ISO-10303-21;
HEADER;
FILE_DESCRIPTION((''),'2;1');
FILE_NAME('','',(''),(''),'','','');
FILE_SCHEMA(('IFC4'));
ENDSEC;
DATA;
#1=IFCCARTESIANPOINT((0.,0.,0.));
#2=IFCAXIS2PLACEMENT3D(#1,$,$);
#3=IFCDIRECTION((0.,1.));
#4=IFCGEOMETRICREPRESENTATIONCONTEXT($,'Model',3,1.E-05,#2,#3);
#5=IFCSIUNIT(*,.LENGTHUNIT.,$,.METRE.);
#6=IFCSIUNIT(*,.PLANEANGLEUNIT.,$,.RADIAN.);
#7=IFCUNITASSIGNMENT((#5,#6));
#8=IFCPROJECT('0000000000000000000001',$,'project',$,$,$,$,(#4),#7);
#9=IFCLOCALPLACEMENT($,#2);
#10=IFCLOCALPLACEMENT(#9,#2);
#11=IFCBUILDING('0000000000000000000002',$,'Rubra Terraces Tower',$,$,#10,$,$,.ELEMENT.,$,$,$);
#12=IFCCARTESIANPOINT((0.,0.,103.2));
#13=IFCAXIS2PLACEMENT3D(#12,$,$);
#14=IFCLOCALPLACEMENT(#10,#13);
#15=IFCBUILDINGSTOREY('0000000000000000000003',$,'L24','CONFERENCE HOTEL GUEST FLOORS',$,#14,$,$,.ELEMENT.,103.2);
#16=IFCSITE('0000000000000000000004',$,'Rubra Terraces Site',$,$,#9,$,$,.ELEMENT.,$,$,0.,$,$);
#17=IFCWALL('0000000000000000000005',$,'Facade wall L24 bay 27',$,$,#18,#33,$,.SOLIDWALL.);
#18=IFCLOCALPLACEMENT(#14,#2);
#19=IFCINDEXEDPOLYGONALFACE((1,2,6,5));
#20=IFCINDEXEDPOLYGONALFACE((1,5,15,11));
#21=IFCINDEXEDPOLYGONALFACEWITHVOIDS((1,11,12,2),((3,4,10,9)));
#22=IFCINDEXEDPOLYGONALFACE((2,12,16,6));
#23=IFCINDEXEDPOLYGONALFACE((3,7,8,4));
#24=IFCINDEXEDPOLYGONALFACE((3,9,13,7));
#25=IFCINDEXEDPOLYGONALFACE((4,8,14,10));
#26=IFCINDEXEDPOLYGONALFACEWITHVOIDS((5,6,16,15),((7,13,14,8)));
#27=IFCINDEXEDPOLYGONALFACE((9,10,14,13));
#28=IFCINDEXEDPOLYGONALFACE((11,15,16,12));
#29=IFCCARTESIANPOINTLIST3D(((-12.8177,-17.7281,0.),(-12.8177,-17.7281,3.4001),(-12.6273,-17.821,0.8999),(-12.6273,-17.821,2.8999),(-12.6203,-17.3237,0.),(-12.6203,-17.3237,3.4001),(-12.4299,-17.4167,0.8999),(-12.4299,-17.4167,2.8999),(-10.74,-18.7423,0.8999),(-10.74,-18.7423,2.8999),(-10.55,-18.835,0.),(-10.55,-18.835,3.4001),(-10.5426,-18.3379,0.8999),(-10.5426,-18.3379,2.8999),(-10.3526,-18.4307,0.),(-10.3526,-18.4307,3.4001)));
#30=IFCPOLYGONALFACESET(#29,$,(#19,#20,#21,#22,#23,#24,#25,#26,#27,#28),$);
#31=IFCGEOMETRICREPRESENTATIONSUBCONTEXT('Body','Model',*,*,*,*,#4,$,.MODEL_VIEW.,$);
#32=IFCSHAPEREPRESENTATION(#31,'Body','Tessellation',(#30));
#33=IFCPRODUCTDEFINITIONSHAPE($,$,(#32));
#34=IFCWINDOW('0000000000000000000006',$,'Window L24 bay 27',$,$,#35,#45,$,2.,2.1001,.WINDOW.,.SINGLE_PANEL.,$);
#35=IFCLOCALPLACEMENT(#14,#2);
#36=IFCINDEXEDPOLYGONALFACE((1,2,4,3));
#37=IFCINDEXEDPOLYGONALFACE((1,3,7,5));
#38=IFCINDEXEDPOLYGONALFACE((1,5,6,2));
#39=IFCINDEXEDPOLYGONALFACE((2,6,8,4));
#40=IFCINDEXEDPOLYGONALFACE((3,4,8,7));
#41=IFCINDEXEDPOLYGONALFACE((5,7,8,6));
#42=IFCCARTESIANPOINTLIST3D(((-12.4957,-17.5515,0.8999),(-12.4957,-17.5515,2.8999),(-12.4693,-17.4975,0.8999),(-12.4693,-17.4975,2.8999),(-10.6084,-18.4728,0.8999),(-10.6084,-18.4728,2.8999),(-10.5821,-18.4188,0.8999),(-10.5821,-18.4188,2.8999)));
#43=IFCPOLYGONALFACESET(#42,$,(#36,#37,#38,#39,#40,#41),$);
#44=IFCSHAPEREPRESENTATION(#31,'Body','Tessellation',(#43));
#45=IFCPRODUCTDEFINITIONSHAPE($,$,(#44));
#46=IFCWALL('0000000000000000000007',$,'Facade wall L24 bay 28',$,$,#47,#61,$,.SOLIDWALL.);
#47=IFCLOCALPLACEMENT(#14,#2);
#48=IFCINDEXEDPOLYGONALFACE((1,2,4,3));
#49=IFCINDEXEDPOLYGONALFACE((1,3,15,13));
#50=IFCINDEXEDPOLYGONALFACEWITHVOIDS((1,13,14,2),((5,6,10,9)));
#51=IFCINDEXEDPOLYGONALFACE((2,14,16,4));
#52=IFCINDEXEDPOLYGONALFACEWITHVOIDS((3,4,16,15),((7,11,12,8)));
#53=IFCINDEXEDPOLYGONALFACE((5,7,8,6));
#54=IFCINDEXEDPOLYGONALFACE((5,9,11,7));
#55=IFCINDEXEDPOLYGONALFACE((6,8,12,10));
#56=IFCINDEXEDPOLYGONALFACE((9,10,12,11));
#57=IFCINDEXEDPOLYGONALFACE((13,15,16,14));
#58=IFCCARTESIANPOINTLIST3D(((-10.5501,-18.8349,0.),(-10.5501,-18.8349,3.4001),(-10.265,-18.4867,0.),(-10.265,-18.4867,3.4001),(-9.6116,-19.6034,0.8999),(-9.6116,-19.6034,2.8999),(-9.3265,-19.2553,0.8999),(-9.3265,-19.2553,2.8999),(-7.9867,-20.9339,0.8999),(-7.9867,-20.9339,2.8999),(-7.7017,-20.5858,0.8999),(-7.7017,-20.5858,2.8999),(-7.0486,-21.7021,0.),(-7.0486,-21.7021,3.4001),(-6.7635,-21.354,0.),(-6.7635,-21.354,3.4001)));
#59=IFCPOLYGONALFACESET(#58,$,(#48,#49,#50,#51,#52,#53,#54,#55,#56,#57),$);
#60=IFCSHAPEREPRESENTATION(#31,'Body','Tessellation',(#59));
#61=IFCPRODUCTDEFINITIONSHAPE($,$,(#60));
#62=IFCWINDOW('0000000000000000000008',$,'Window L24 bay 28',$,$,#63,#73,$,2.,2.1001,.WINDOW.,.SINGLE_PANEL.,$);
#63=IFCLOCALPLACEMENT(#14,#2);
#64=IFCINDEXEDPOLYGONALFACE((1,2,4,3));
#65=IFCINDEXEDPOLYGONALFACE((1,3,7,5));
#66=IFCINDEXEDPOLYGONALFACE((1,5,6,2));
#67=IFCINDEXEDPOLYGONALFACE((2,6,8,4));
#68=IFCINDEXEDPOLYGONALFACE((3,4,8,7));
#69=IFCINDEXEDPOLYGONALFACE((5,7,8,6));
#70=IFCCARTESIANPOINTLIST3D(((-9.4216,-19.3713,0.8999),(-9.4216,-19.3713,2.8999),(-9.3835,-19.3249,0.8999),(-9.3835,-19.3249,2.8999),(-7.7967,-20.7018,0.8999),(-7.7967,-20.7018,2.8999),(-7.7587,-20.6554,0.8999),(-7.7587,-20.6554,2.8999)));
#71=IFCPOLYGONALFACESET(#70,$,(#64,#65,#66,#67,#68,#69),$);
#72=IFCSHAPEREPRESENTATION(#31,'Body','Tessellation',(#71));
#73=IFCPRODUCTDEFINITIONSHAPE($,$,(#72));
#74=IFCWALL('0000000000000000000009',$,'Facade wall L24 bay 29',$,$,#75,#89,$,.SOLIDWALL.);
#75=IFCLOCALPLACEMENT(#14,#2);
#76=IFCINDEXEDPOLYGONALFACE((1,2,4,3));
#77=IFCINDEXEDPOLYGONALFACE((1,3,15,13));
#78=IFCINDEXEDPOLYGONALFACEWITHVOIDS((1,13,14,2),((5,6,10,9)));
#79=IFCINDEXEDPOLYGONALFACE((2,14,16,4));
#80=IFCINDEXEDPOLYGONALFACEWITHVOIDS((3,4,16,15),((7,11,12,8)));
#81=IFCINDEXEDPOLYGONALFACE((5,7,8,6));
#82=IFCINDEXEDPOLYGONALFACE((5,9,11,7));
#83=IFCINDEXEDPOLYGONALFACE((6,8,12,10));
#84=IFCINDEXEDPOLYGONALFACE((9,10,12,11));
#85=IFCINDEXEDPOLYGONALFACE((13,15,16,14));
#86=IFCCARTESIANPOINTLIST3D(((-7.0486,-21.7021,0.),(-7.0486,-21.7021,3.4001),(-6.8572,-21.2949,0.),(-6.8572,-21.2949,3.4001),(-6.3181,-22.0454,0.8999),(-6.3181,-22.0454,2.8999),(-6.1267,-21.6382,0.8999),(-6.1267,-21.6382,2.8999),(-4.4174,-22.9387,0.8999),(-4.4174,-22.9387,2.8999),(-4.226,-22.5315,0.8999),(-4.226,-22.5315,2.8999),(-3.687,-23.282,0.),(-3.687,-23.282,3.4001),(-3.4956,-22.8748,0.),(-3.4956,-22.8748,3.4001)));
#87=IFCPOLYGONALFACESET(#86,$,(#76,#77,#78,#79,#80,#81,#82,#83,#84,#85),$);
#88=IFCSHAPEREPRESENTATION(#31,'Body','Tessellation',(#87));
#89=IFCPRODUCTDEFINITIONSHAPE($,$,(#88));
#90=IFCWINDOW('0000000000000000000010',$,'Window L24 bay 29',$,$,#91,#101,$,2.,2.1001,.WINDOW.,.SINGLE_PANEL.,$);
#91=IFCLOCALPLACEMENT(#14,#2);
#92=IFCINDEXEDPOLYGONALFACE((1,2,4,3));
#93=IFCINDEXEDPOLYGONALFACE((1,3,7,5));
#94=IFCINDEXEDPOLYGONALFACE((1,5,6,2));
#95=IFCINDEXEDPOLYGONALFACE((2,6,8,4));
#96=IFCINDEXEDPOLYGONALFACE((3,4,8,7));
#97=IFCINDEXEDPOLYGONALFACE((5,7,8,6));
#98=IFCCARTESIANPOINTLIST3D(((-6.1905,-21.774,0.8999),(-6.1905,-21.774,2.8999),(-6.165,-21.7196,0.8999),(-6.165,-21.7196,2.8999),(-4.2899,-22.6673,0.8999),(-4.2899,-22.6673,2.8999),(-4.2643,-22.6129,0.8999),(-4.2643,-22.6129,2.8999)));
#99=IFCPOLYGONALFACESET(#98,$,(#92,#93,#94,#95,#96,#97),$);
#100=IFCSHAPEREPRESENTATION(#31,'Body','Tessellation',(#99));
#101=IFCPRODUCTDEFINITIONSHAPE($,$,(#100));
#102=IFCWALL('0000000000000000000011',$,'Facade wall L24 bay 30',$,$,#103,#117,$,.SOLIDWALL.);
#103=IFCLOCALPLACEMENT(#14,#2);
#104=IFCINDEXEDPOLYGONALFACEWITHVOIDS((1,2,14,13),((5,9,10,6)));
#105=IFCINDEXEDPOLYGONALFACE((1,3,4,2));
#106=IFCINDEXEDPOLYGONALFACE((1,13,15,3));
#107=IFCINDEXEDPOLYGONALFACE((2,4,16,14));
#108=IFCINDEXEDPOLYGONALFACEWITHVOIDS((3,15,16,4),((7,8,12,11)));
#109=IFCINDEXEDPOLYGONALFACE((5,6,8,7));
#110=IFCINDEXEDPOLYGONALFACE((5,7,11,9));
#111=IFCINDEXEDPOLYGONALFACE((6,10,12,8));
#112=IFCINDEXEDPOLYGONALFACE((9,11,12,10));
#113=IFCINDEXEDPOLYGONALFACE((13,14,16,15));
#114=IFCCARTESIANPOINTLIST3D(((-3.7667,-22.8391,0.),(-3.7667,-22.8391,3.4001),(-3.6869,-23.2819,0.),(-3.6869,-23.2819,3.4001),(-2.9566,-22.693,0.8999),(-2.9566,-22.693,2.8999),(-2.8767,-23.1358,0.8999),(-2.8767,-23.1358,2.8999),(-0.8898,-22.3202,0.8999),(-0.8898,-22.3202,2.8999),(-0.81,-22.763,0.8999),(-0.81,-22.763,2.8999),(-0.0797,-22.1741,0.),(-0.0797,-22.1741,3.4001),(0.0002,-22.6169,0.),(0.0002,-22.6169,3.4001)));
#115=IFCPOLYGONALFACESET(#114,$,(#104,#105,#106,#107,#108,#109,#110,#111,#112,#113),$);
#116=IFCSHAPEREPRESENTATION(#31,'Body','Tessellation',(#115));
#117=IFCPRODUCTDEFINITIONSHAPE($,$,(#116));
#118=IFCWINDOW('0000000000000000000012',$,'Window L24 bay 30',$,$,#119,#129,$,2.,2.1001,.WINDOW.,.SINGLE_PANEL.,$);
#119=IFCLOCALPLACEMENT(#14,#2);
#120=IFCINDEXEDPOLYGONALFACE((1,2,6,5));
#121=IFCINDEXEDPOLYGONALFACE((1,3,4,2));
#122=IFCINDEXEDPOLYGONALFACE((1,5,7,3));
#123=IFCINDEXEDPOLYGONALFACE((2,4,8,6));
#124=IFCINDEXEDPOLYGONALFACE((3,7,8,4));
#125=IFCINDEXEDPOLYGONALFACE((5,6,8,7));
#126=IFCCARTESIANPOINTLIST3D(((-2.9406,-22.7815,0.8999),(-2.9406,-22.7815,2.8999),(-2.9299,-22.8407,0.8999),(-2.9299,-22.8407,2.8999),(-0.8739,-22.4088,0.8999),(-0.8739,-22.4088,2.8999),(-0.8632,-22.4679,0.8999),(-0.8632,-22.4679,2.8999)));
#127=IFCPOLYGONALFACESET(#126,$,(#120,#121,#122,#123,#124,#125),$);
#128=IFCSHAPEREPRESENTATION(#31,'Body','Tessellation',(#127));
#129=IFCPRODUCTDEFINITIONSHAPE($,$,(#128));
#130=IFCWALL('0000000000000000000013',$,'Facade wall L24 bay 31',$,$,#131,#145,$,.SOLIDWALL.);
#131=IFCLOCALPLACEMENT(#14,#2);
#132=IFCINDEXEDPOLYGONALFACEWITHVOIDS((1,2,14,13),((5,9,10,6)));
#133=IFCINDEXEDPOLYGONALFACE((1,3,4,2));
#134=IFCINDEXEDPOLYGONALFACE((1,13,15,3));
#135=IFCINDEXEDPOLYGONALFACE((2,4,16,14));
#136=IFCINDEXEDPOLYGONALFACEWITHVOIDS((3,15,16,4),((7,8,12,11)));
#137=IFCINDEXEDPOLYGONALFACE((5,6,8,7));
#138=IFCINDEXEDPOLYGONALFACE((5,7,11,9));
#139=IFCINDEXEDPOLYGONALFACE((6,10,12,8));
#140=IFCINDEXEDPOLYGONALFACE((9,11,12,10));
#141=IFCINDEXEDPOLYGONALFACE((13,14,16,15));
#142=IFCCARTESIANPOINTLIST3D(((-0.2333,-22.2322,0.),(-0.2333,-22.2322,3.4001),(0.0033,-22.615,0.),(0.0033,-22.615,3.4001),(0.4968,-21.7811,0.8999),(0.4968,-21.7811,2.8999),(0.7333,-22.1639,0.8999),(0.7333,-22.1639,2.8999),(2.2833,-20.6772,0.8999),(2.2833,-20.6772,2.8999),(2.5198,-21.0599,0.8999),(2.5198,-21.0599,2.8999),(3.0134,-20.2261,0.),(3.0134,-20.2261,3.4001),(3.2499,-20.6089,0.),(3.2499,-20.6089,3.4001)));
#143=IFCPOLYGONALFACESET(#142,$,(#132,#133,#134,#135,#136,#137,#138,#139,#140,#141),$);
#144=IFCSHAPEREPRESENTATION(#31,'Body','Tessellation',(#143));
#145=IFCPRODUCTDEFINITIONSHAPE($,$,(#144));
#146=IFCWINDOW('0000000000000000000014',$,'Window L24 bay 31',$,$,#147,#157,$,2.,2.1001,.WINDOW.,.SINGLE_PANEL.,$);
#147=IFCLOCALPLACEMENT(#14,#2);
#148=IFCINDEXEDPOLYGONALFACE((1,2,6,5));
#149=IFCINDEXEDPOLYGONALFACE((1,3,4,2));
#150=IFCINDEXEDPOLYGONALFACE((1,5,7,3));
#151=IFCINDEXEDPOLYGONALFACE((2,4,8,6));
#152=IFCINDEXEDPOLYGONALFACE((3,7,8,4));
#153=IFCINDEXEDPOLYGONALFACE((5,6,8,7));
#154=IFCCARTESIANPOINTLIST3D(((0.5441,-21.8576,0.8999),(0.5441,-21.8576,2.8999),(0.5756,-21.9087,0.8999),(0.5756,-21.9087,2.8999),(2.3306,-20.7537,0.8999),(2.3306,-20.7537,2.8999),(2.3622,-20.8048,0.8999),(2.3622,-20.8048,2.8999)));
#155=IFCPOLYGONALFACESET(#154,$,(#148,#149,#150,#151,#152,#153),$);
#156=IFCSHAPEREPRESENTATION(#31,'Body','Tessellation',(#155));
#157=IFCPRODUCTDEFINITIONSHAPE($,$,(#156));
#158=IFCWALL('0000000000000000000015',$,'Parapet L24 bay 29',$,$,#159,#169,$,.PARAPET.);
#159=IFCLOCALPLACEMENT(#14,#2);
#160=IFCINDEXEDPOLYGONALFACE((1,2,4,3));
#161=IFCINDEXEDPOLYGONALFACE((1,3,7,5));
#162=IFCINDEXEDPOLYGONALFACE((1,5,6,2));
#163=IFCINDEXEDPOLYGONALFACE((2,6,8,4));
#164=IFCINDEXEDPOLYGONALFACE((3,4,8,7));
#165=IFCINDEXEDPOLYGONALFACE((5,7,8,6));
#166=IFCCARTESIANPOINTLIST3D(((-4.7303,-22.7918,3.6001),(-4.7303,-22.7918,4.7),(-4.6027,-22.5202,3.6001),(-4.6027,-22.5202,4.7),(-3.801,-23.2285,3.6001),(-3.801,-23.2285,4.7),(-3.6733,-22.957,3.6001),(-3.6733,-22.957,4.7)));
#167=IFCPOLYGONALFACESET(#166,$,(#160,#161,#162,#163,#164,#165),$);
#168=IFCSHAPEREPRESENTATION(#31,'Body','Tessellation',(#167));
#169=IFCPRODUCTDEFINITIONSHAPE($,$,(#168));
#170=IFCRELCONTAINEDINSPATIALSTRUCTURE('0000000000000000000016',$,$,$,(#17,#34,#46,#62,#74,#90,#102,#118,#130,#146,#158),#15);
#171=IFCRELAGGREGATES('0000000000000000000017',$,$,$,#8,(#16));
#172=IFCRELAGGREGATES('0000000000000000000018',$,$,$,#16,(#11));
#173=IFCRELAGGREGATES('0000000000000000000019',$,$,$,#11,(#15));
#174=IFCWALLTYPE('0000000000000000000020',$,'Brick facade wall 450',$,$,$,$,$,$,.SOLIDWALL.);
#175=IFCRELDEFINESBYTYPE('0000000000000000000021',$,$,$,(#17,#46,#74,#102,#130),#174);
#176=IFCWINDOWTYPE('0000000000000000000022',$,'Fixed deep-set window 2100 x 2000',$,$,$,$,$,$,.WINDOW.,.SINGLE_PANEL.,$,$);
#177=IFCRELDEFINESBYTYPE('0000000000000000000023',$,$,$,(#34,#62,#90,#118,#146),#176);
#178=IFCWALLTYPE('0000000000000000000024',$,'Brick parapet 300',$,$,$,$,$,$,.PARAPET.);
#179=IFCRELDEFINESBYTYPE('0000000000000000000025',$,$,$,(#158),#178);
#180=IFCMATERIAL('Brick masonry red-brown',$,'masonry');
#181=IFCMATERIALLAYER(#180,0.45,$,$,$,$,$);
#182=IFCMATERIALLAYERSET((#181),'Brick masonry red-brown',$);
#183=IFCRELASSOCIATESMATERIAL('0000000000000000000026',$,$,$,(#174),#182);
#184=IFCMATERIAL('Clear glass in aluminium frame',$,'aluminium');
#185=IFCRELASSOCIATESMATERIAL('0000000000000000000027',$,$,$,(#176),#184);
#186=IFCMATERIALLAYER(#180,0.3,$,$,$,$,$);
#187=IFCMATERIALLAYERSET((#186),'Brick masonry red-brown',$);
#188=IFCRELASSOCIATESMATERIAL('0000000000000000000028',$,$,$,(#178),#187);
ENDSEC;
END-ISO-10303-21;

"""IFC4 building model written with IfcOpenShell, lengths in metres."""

from ifc_helpers import new_model, si_unit, direction, frame, frame_2d, origin, place, context, subcontext, project, spatial, rectangle, extrude, material, layer, layer_set, type_object, element, fill, save


model = new_model("IFC4")

# Units and contexts
model_context = context("Model", 3, precision=1e-05, world=origin(), true_north=direction((0.0, 1.0)))
body_context = subcontext(model_context, "Body", "Model", "MODEL_VIEW")
ifc_project = project(units=[si_unit("LENGTHUNIT", "METRE"), si_unit("PLANEANGLEUNIT", "RADIAN")], contexts=[model_context])

# Site, building, storey
site_placement = place(None, origin())
site = spatial("IfcSite", under=ifc_project, at=site_placement, Name="Rubra Terraces Site", CompositionType="ELEMENT", RefElevation=0.0)
building_placement = place(site_placement, origin())
building = spatial("IfcBuilding", under=site, at=building_placement, Name="Rubra Terraces Tower", CompositionType="ELEMENT")
storey_placement = place(building_placement, frame((0.0, 0.0, 103.2)))
storey = spatial("IfcBuildingStorey", under=building, at=storey_placement, Name="L24", Description="CONFERENCE HOTEL GUEST FLOORS", CompositionType="ELEMENT", Elevation=103.2)

# Walls, openings, windows
ifc_material_1 = material(Name="Brick masonry red-brown", Category="masonry")
ifc_layer_1 = layer(ifc_material_1, 0.45)
ifc_layer_set_1 = layer_set([ifc_layer_1], Name="Brick masonry red-brown")
wall_type_1 = type_object("IfcWallType", Name="Brick facade wall 450", PredefinedType="SOLIDWALL", material=ifc_layer_set_1)
wall_1_placement = place(storey_placement, frame((-12.719, -17.5259, 0.0), z_axis=(0.0, 0.0, 1.0), x_axis=(0.898644, -0.438679, 0.0)))
wall_1 = element("IfcWall", 1, at=wall_1_placement, inside=storey, type_object=wall_type_1, Name="Facade wall L24 bay 27", PredefinedType="SOLIDWALL", context=body_context, shape_type="SweptSolid", body=[
    extrude(rectangle(XDim=2.5234, YDim=0.45, at=frame_2d((1.2617, 0.0))), origin(), (0.0, 0.0, 1.0), 3.4001),
])
opening_1_placement = place(wall_1_placement, frame((0.2119, 0.0, 0.8999)))
opening_1 = element("IfcOpeningElement", 2, at=opening_1_placement, cuts=wall_1, PredefinedType="OPENING", context=body_context, shape_type="SweptSolid", body=[
    extrude(rectangle(XDim=2.1001, YDim=2.0, at=frame_2d((1.05, 1.0))), frame((0.0, 0.2349, 0.0), z_axis=(0.0, -1.0, 0.0), x_axis=(1.0, 0.0, 0.0)), (0.0, 0.0, 1.0), 0.47),
])
ifc_material_2 = material(Name="Clear glass in aluminium frame", Category="aluminium")
window_type = type_object("IfcWindowType", Name="Fixed deep-set window 2100 x 2000", PartitioningType="SINGLE_PANEL", PredefinedType="WINDOW", material=ifc_material_2)
window_1_placement = place(opening_1_placement, origin())
window_1 = element("IfcWindow", 3, at=window_1_placement, inside=storey, type_object=window_type, Name="Window L24 bay 27", OverallHeight=2.0, OverallWidth=2.1001, PartitioningType="SINGLE_PANEL", PredefinedType="WINDOW", context=body_context, shape_type="SweptSolid", body=[
    extrude(rectangle(XDim=2.1001, YDim=2.0, at=frame_2d((1.05, 1.0))), frame((0.0, 0.135, 0.0), z_axis=(0.0, -1.0, 0.0), x_axis=(1.0, 0.0, 0.0)), (0.0, 0.0, 1.0), 0.0601),
])
fill(opening_1, window_1)
wall_2_placement = place(storey_placement, frame((-10.4075, -18.6609, 0.0), z_axis=(0.0, 0.0, 1.0), x_axis=(0.773702, -0.633549, 0.0)))
wall_2 = element("IfcWall", 4, at=wall_2_placement, inside=storey, type_object=wall_type_1, Name="Facade wall L24 bay 28", PredefinedType="SOLIDWALL", context=body_context, shape_type="SweptSolid", body=[
    extrude(rectangle(XDim=4.5256, YDim=0.45, at=frame_2d((2.2627, 0.0))), origin(), (0.0, 0.0, 1.0), 3.4001),
])
opening_2_placement = place(wall_2_placement, frame((1.2129, 0.0, 0.8999)))
opening_2 = element("IfcOpeningElement", 5, at=opening_2_placement, cuts=wall_2, PredefinedType="OPENING", context=body_context, shape_type="SweptSolid", body=[
    extrude(rectangle(XDim=2.1001, YDim=2.0, at=frame_2d((1.05, 1.0))), frame((0.0, 0.2349, 0.0), z_axis=(0.0, -1.0, 0.0), x_axis=(1.0, 0.0, 0.0)), (0.0, 0.0, 1.0), 0.47),
])
window_2_placement = place(opening_2_placement, origin())
window_2 = element("IfcWindow", 6, at=window_2_placement, inside=storey, type_object=window_type, Name="Window L24 bay 28", OverallHeight=2.0, OverallWidth=2.1001, PartitioningType="SINGLE_PANEL", PredefinedType="WINDOW", context=body_context, shape_type="SweptSolid", body=[
    extrude(rectangle(XDim=2.1001, YDim=2.0, at=frame_2d((1.05, 1.0))), frame((0.0, 0.135, 0.0), z_axis=(0.0, -1.0, 0.0), x_axis=(1.0, 0.0, 0.0)), (0.0, 0.0, 1.0), 0.0601),
])
fill(opening_2, window_2)
wall_3_placement = place(storey_placement, frame((-6.9529, -21.4985, 0.0), z_axis=(0.0, 0.0, 1.0), x_axis=(0.905035, -0.425338, 0.0)))
wall_3 = element("IfcWall", 7, at=wall_3_placement, inside=storey, type_object=wall_type_1, Name="Facade wall L24 bay 29", PredefinedType="SOLIDWALL", context=body_context, shape_type="SweptSolid", body=[
    extrude(rectangle(XDim=3.7144, YDim=0.45, at=frame_2d((1.8572, 0.0))), origin(), (0.0, 0.0, 1.0), 3.4001),
])
opening_3_placement = place(wall_3_placement, frame((0.8071, 0.0, 0.8999)))
opening_3 = element("IfcOpeningElement", 8, at=opening_3_placement, cuts=wall_3, PredefinedType="OPENING", context=body_context, shape_type="SweptSolid", body=[
    extrude(rectangle(XDim=2.1001, YDim=2.0, at=frame_2d((1.05, 1.0))), frame((0.0, 0.2349, 0.0), z_axis=(0.0, -1.0, 0.0), x_axis=(1.0, 0.0, 0.0)), (0.0, 0.0, 1.0), 0.47),
])
window_3_placement = place(opening_3_placement, origin())
window_3 = element("IfcWindow", 9, at=window_3_placement, inside=storey, type_object=window_type, Name="Window L24 bay 29", OverallHeight=2.0, OverallWidth=2.1001, PartitioningType="SINGLE_PANEL", PredefinedType="WINDOW", context=body_context, shape_type="SweptSolid", body=[
    extrude(rectangle(XDim=2.1001, YDim=2.0, at=frame_2d((1.05, 1.0))), frame((0.0, 0.135, 0.0), z_axis=(0.0, -1.0, 0.0), x_axis=(1.0, 0.0, 0.0)), (0.0, 0.0, 1.0), 0.0601),
])
fill(opening_3, window_3)
wall_4_placement = place(storey_placement, frame((-3.7268, -23.0605, 0.0), z_axis=(0.0, 0.0, 1.0), x_axis=(0.984119, 0.177509, 0.0)))
wall_4 = element("IfcWall", 10, at=wall_4_placement, inside=storey, type_object=wall_type_1, Name="Facade wall L24 bay 30", PredefinedType="SOLIDWALL", context=body_context, shape_type="SweptSolid", body=[
    extrude(rectangle(XDim=3.7466, YDim=0.45, at=frame_2d((1.8733, 0.0))), origin(), (0.0, 0.0, 1.0), 3.4001),
])
opening_4_placement = place(wall_4_placement, frame((0.8232, 0.0, 0.8999)))
opening_4 = element("IfcOpeningElement", 11, at=opening_4_placement, cuts=wall_4, PredefinedType="OPENING", context=body_context, shape_type="SweptSolid", body=[
    extrude(rectangle(XDim=2.1001, YDim=2.0, at=frame_2d((1.05, 1.0))), frame((0.0, 0.2349, 0.0), z_axis=(0.0, -1.0, 0.0), x_axis=(1.0, 0.0, 0.0)), (0.0, 0.0, 1.0), 0.47),
])
window_4_placement = place(opening_4_placement, origin())
window_4 = element("IfcWindow", 12, at=window_4_placement, inside=storey, type_object=window_type, Name="Window L24 bay 30", OverallHeight=2.0, OverallWidth=2.1001, PartitioningType="SINGLE_PANEL", PredefinedType="WINDOW", context=body_context, shape_type="SweptSolid", body=[
    extrude(rectangle(XDim=2.1001, YDim=2.0, at=frame_2d((1.05, 1.0))), frame((0.0, 0.135, 0.0), z_axis=(0.0, -1.0, 0.0), x_axis=(1.0, 0.0, 0.0)), (0.0, 0.0, 1.0), 0.0601),
])
fill(opening_4, window_4)
wall_5_placement = place(storey_placement, frame((-0.115, -22.4236, 0.0), z_axis=(0.0, 0.0, 1.0), x_axis=(0.850697, 0.525656, 0.0)))
wall_5 = element("IfcWall", 13, at=wall_5_placement, inside=storey, type_object=wall_type_1, Name="Facade wall L24 bay 31", PredefinedType="SOLIDWALL", context=body_context, shape_type="SweptSolid", body=[
    extrude(rectangle(XDim=3.8164, YDim=0.45, at=frame_2d((1.9082, 0.0))), origin(), (0.0, 0.0, 1.0), 3.4001),
])
opening_5_placement = place(wall_5_placement, frame((0.8582, 0.0, 0.8999)))
opening_5 = element("IfcOpeningElement", 14, at=opening_5_placement, cuts=wall_5, PredefinedType="OPENING", context=body_context, shape_type="SweptSolid", body=[
    extrude(rectangle(XDim=2.1001, YDim=2.0, at=frame_2d((1.05, 1.0))), frame((0.0, 0.2349, 0.0), z_axis=(0.0, -1.0, 0.0), x_axis=(1.0, 0.0, 0.0)), (0.0, 0.0, 1.0), 0.47),
])
window_5_placement = place(opening_5_placement, origin())
window_5 = element("IfcWindow", 15, at=window_5_placement, inside=storey, type_object=window_type, Name="Window L24 bay 31", OverallHeight=2.0, OverallWidth=2.1001, PartitioningType="SINGLE_PANEL", PredefinedType="WINDOW", context=body_context, shape_type="SweptSolid", body=[
    extrude(rectangle(XDim=2.1001, YDim=2.0, at=frame_2d((1.05, 1.0))), frame((0.0, 0.135, 0.0), z_axis=(0.0, -1.0, 0.0), x_axis=(1.0, 0.0, 0.0)), (0.0, 0.0, 1.0), 0.0601),
])
fill(opening_5, window_5)

# Wall
ifc_layer_2 = layer(ifc_material_1, 0.3)
ifc_layer_set_2 = layer_set([ifc_layer_2], Name="Brick masonry red-brown")
wall_type_2 = type_object("IfcWallType", Name="Brick parapet 300", PredefinedType="PARAPET", material=ifc_layer_set_2)
wall_6_placement = place(storey_placement, frame((-4.6665, -22.656, 3.6001), z_axis=(0.0, 0.0, 1.0), x_axis=(0.90505, -0.425305, 0.0)))
element("IfcWall", 16, at=wall_6_placement, inside=storey, type_object=wall_type_2, Name="Parapet L24 bay 29", PredefinedType="PARAPET", context=body_context, shape_type="SweptSolid", body=[
    extrude(rectangle(XDim=1.0269, YDim=0.3, at=frame_2d((0.5134, 0.0))), origin(), (0.0, 0.0, 1.0), 1.0999),
])

save(model, "model.ifc")
